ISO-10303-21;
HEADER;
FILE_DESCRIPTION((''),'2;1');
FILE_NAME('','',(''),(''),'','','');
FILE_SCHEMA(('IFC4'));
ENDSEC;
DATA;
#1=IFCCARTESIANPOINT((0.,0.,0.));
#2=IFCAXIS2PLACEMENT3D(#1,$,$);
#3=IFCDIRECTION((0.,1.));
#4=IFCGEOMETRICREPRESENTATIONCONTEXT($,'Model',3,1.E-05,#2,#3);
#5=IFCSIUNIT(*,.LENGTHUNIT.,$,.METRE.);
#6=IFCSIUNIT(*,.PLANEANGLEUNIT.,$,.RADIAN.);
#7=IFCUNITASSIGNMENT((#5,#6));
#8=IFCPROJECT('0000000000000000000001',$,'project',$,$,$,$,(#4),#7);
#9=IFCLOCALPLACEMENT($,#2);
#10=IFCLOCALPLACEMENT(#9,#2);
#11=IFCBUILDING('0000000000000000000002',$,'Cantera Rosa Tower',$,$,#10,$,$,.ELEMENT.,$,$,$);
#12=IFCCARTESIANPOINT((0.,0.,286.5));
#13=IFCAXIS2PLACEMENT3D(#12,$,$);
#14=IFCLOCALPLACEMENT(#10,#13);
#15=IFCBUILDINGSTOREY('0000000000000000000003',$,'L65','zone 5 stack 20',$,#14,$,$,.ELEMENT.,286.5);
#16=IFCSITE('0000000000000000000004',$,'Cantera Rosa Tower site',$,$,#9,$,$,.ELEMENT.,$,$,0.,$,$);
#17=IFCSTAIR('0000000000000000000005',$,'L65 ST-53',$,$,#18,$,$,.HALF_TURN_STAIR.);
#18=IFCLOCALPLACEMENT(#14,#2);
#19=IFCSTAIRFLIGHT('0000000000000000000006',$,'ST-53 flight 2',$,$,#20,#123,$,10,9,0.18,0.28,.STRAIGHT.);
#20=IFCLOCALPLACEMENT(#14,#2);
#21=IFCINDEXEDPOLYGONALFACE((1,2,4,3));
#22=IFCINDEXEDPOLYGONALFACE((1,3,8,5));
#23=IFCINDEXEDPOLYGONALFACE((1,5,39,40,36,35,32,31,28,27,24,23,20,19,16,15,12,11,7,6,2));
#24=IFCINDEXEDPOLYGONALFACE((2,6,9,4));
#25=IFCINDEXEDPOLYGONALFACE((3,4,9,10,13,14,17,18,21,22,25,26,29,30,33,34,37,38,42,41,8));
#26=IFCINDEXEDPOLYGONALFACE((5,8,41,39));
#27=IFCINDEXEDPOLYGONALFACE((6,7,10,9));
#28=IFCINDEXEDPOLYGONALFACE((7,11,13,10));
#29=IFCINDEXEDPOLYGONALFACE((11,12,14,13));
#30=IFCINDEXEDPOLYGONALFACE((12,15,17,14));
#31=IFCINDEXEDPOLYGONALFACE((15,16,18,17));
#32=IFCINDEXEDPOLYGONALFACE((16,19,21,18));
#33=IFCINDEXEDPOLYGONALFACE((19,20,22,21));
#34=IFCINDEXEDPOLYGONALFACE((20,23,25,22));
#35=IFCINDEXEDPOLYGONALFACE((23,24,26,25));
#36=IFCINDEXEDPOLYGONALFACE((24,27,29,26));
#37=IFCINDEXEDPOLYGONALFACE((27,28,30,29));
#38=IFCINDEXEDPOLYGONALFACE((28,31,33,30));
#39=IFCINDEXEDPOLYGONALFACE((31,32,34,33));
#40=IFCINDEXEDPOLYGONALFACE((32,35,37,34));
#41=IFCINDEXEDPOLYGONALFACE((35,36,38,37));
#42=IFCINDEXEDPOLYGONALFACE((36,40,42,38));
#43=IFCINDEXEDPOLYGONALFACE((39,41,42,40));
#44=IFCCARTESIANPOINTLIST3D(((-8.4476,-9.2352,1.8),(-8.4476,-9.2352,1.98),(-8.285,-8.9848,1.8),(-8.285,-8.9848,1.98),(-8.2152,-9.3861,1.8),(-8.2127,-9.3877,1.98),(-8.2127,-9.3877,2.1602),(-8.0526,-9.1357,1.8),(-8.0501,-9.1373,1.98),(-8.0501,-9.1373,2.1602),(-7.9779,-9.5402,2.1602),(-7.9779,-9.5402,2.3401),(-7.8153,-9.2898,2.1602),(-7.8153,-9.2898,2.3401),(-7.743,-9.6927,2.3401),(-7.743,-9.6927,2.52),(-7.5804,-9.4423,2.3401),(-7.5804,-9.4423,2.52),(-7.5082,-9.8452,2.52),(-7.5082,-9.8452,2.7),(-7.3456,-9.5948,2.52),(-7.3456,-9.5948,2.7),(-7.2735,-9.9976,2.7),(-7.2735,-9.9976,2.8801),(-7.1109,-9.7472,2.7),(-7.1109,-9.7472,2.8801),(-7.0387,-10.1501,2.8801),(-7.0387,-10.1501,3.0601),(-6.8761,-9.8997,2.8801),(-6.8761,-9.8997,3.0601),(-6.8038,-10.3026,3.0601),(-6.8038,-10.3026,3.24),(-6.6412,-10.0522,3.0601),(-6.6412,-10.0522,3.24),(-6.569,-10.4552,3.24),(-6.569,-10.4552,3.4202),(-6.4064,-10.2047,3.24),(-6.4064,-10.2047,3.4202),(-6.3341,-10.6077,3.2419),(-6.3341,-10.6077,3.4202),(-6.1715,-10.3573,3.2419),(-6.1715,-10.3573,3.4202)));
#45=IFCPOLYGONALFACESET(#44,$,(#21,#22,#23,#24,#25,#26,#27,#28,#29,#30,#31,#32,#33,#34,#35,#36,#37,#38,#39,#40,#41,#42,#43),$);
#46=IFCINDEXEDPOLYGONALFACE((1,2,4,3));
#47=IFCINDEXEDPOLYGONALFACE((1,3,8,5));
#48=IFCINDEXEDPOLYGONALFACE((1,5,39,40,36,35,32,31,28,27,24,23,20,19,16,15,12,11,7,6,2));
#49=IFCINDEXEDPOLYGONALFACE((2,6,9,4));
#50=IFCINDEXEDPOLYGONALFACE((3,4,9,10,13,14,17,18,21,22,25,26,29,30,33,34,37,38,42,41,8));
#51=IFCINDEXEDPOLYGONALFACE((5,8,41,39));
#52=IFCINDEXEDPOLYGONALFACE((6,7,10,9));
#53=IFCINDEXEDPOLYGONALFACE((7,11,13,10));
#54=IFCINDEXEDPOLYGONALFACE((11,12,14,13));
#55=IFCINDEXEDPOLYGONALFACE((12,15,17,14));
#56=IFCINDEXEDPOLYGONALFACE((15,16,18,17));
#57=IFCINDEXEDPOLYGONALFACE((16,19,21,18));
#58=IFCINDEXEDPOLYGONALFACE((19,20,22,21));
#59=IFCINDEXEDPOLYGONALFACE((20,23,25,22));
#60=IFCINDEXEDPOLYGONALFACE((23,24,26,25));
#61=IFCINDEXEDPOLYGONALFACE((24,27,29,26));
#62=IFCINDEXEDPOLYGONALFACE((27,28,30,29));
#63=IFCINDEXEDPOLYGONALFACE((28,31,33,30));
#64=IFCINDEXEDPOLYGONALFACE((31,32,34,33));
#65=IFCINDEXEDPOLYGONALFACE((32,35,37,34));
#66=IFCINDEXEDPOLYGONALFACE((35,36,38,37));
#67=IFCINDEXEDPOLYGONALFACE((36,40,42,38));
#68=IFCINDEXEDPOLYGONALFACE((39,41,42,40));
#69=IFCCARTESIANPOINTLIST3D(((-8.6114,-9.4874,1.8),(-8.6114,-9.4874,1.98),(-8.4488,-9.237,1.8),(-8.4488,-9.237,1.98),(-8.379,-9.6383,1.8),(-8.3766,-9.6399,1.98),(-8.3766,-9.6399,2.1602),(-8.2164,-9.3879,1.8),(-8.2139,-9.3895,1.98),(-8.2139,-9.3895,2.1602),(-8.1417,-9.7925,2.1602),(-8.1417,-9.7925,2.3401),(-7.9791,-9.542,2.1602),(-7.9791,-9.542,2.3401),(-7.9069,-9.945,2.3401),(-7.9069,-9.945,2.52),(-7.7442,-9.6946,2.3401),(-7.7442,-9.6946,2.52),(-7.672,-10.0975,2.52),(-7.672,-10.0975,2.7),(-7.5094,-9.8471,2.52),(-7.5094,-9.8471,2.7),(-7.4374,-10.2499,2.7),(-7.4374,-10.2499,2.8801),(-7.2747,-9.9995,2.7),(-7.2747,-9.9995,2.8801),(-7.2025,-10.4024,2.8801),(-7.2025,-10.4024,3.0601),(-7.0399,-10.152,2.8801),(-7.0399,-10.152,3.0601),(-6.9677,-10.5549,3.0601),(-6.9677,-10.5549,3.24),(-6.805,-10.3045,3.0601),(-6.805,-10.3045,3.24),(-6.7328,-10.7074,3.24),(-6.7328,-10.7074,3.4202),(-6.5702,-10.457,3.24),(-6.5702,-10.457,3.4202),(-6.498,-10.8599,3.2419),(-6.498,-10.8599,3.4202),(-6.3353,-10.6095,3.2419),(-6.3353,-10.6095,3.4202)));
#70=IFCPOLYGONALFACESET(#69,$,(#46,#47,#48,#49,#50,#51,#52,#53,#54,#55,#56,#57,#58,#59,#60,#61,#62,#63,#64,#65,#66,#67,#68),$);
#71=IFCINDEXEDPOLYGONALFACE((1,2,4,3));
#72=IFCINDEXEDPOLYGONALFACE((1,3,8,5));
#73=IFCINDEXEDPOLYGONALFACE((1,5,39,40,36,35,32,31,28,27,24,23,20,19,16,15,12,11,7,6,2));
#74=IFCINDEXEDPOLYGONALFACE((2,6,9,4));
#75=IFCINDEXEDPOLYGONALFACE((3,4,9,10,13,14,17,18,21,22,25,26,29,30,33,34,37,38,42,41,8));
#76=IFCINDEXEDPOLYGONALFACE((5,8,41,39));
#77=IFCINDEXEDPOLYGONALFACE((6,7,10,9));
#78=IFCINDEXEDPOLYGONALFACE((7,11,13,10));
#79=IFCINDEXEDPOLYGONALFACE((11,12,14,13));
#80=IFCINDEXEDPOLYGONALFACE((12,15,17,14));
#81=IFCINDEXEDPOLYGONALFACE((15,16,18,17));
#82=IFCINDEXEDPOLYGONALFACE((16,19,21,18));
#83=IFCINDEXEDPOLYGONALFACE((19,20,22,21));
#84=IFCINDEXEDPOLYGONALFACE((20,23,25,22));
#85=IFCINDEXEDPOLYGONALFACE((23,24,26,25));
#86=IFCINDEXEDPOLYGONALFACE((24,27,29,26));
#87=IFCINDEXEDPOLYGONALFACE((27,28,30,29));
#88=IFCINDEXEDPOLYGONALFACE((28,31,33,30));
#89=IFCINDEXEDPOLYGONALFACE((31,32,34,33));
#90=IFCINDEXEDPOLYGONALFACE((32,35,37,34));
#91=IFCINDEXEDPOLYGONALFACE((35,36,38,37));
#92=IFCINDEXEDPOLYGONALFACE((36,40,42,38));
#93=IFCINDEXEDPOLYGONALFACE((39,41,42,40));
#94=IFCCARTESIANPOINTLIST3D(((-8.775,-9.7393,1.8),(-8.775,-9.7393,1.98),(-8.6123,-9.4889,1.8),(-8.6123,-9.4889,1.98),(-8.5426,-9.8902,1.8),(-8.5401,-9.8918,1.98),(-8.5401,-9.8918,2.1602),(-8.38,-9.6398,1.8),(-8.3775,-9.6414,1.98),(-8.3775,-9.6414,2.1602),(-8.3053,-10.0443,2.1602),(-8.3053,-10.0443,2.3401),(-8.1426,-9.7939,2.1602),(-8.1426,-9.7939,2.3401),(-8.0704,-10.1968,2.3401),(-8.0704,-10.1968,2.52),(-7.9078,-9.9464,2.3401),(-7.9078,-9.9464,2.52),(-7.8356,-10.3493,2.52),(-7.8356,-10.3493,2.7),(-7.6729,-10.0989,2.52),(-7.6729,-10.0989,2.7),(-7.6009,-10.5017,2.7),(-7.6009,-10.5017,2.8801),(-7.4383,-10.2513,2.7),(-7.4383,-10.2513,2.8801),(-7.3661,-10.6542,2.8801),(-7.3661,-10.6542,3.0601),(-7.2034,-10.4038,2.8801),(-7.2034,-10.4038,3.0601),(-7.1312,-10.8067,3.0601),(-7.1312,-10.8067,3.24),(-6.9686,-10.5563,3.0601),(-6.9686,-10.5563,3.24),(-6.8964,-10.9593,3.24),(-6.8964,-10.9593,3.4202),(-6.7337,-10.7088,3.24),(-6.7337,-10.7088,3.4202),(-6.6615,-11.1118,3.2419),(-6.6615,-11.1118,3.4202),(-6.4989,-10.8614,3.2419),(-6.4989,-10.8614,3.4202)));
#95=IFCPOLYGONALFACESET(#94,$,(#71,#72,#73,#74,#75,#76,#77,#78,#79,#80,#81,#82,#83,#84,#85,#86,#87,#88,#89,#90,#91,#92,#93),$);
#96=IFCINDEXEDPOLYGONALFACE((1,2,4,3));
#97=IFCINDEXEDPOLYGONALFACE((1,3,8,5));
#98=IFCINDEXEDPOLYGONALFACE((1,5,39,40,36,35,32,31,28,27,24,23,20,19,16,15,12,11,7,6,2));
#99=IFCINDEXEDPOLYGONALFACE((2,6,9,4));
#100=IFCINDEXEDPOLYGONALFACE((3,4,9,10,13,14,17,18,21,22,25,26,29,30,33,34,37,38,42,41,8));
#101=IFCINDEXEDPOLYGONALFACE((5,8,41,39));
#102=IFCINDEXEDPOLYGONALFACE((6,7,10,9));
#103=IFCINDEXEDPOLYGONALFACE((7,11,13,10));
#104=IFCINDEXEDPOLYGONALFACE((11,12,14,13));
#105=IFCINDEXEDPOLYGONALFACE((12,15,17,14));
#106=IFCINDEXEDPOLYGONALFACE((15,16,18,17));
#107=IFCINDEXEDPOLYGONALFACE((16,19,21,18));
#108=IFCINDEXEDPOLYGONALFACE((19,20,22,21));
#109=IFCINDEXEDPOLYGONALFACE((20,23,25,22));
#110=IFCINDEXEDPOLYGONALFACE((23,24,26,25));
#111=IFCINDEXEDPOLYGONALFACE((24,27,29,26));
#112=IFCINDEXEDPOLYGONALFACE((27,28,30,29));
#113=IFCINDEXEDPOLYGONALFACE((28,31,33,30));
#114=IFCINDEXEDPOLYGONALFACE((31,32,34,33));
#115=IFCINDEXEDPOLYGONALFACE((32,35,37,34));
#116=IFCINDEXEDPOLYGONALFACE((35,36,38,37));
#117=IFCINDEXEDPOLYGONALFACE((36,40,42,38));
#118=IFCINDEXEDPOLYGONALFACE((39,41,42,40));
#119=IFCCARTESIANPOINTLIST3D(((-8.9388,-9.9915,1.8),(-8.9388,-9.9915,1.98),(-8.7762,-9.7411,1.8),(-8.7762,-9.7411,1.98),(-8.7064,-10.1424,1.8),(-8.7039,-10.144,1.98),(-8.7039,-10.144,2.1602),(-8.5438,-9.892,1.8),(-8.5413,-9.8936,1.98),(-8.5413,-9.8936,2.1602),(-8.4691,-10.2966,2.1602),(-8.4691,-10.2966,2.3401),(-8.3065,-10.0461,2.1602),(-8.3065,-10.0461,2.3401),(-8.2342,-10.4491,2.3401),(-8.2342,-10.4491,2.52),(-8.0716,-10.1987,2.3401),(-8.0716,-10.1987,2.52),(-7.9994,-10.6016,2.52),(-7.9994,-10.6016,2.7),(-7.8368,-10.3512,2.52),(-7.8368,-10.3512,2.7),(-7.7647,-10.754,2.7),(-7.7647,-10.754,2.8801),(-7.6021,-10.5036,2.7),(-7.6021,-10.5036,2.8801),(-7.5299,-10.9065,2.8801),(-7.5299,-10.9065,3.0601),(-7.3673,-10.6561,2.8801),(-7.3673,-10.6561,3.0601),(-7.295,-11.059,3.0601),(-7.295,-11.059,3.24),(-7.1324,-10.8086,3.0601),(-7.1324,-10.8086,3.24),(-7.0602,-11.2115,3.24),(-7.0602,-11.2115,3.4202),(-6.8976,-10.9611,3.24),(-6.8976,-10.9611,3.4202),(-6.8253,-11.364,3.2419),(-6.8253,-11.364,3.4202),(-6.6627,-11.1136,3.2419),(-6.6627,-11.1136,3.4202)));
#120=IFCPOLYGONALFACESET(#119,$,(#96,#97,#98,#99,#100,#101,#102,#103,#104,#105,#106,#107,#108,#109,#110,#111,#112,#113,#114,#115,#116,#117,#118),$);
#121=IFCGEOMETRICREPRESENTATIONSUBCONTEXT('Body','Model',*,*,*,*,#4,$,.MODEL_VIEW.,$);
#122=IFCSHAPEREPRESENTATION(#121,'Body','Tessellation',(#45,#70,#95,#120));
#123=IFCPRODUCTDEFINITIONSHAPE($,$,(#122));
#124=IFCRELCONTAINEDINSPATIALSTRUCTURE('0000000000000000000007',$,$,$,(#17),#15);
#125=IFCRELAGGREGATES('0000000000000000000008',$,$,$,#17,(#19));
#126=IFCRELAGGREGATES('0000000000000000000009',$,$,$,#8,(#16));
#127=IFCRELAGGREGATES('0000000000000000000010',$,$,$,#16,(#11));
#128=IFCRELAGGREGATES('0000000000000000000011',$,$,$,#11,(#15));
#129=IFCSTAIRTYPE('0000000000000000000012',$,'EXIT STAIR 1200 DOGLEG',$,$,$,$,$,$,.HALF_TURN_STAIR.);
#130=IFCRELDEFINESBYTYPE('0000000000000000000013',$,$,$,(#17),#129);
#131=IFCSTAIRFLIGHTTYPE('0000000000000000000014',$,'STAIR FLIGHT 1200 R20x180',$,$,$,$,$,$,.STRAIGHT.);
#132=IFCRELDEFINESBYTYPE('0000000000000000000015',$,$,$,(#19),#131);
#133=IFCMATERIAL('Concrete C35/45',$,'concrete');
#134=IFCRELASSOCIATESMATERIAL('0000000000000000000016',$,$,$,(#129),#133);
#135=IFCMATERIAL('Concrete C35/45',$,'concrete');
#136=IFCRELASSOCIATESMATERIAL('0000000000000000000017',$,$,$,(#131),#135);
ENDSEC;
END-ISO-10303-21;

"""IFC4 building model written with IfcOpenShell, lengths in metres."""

from ifc_helpers import new_model, si_unit, direction, frame, origin, place, context, subcontext, project, spatial, polyline, outline, extrude, material, type_object, element, aggregate, save


model = new_model("IFC4")

# Units and contexts
model_context = context("Model", 3, precision=1e-05, world=origin(), true_north=direction((0.0, 1.0)))
body_context = subcontext(model_context, "Body", "Model", "MODEL_VIEW")
ifc_project = project(units=[si_unit("LENGTHUNIT", "METRE"), si_unit("PLANEANGLEUNIT", "RADIAN")], contexts=[model_context])

# Site, building, storey
site_placement = place(None, origin())
site = spatial("IfcSite", under=ifc_project, at=site_placement, Name="Cantera Rosa Tower site", CompositionType="ELEMENT", RefElevation=0.0)
building_placement = place(site_placement, origin())
building = spatial("IfcBuilding", under=site, at=building_placement, Name="Cantera Rosa Tower", CompositionType="ELEMENT")
storey_placement = place(building_placement, frame((0.0, 0.0, 286.5)))
storey = spatial("IfcBuildingStorey", under=building, at=storey_placement, Name="L65", Description="zone 5 stack 20", CompositionType="ELEMENT", Elevation=286.5)

# Stair, stair flight
ifc_material_1 = material(Name="Concrete C35/45", Category="concrete")
stair_type = type_object("IfcStairType", Name="EXIT STAIR 1200 DOGLEG", PredefinedType="HALF_TURN_STAIR", material=ifc_material_1)
stair_placement = place(storey_placement, origin())
stair = element("IfcStair", 1, at=stair_placement, inside=storey, type_object=stair_type, Name="L65 ST-53", PredefinedType="HALF_TURN_STAIR")
ifc_material_2 = material(Name="Concrete C35/45", Category="concrete")
stair_flight_type = type_object("IfcStairFlightType", Name="STAIR FLIGHT 1200 R20x180", PredefinedType="STRAIGHT", material=ifc_material_2)
stair_flight_1_placement = place(storey_placement, frame((-8.6118, -9.488, 1.8), z_axis=(0.0, 0.0, 1.0), x_axis=(0.838671, -0.544639, 0.0)))
stair_flight_1 = element("IfcStairFlight", 2, at=stair_flight_1_placement, type_object=stair_flight_type, Name="ST-53 flight 2", NumberOfRisers=10, NumberOfTreads=9, PredefinedType="STRAIGHT", RiserHeight=0.18, TreadLength=0.28, context=body_context, shape_type="SweptSolid", body=[
    extrude(outline(polyline([(0.0, 0.0), (0.0, 0.1799), (0.28, 0.1799), (0.28, 0.3601), (0.5601, 0.3601), (0.5601, 0.54), (0.8401, 0.54), (0.8401, 0.72), (1.1201, 0.72), (1.1201, 0.8999), (1.3999, 0.8999), (1.3999, 1.0801), (1.6799, 1.0801), (1.6799, 1.26), (1.96, 1.26), (1.96, 1.4399), (2.24, 1.4399), (2.24, 1.6201), (2.52, 1.6201), (2.52, 1.8), (2.52, 1.4419), (0.2771, 0.0), (0.0, 0.0)])), frame((0.0, 0.6001, 0.0), z_axis=(0.0, -1.0, 0.0), x_axis=(1.0, 0.0, 0.0)), (0.0, 0.0, 1.0), 0.2986),
    extrude(outline(polyline([(0.0, 0.0), (0.0, 0.1799), (0.28, 0.1799), (0.28, 0.3601), (0.5601, 0.3601), (0.5601, 0.54), (0.8401, 0.54), (0.8401, 0.72), (1.1201, 0.72), (1.1201, 0.8999), (1.3999, 0.8999), (1.3999, 1.0801), (1.6799, 1.0801), (1.6799, 1.26), (1.96, 1.26), (1.96, 1.4399), (2.24, 1.4399), (2.24, 1.6201), (2.52, 1.6201), (2.52, 1.8), (2.52, 1.4419), (0.2771, 0.0), (0.0, 0.0)])), frame((0.0, 0.2993, 0.0), z_axis=(0.0, -1.0, 0.0), x_axis=(1.0, 0.0, 0.0)), (0.0, 0.0, 1.0), 0.2986),
    extrude(outline(polyline([(0.0, 0.0), (0.0, 0.1799), (0.28, 0.1799), (0.28, 0.3601), (0.5601, 0.3601), (0.5601, 0.54), (0.8401, 0.54), (0.8401, 0.72), (1.1201, 0.72), (1.1201, 0.8999), (1.3999, 0.8999), (1.3999, 1.0801), (1.6799, 1.0801), (1.6799, 1.26), (1.96, 1.26), (1.96, 1.4399), (2.24, 1.4399), (2.24, 1.6201), (2.52, 1.6201), (2.52, 1.8), (2.52, 1.4419), (0.2771, 0.0), (0.0, 0.0)])), frame((0.0, -0.001, 0.0), z_axis=(0.0, -1.0, 0.0), x_axis=(1.0, 0.0, 0.0)), (0.0, 0.0, 1.0), 0.2986),
    extrude(outline(polyline([(0.0, 0.0), (0.0, 0.1799), (0.28, 0.1799), (0.28, 0.3601), (0.5601, 0.3601), (0.5601, 0.54), (0.8401, 0.54), (0.8401, 0.72), (1.1201, 0.72), (1.1201, 0.8999), (1.3999, 0.8999), (1.3999, 1.0801), (1.6799, 1.0801), (1.6799, 1.26), (1.96, 1.26), (1.96, 1.4399), (2.24, 1.4399), (2.24, 1.6201), (2.52, 1.6201), (2.52, 1.8), (2.52, 1.4419), (0.2771, 0.0), (0.0, 0.0)])), frame((0.0, -0.3018, 0.0), z_axis=(0.0, -1.0, 0.0), x_axis=(1.0, 0.0, 0.0)), (0.0, 0.0, 1.0), 0.2986),
])
aggregate(stair, [stair_flight_1])

save(model, "model.ifc")
